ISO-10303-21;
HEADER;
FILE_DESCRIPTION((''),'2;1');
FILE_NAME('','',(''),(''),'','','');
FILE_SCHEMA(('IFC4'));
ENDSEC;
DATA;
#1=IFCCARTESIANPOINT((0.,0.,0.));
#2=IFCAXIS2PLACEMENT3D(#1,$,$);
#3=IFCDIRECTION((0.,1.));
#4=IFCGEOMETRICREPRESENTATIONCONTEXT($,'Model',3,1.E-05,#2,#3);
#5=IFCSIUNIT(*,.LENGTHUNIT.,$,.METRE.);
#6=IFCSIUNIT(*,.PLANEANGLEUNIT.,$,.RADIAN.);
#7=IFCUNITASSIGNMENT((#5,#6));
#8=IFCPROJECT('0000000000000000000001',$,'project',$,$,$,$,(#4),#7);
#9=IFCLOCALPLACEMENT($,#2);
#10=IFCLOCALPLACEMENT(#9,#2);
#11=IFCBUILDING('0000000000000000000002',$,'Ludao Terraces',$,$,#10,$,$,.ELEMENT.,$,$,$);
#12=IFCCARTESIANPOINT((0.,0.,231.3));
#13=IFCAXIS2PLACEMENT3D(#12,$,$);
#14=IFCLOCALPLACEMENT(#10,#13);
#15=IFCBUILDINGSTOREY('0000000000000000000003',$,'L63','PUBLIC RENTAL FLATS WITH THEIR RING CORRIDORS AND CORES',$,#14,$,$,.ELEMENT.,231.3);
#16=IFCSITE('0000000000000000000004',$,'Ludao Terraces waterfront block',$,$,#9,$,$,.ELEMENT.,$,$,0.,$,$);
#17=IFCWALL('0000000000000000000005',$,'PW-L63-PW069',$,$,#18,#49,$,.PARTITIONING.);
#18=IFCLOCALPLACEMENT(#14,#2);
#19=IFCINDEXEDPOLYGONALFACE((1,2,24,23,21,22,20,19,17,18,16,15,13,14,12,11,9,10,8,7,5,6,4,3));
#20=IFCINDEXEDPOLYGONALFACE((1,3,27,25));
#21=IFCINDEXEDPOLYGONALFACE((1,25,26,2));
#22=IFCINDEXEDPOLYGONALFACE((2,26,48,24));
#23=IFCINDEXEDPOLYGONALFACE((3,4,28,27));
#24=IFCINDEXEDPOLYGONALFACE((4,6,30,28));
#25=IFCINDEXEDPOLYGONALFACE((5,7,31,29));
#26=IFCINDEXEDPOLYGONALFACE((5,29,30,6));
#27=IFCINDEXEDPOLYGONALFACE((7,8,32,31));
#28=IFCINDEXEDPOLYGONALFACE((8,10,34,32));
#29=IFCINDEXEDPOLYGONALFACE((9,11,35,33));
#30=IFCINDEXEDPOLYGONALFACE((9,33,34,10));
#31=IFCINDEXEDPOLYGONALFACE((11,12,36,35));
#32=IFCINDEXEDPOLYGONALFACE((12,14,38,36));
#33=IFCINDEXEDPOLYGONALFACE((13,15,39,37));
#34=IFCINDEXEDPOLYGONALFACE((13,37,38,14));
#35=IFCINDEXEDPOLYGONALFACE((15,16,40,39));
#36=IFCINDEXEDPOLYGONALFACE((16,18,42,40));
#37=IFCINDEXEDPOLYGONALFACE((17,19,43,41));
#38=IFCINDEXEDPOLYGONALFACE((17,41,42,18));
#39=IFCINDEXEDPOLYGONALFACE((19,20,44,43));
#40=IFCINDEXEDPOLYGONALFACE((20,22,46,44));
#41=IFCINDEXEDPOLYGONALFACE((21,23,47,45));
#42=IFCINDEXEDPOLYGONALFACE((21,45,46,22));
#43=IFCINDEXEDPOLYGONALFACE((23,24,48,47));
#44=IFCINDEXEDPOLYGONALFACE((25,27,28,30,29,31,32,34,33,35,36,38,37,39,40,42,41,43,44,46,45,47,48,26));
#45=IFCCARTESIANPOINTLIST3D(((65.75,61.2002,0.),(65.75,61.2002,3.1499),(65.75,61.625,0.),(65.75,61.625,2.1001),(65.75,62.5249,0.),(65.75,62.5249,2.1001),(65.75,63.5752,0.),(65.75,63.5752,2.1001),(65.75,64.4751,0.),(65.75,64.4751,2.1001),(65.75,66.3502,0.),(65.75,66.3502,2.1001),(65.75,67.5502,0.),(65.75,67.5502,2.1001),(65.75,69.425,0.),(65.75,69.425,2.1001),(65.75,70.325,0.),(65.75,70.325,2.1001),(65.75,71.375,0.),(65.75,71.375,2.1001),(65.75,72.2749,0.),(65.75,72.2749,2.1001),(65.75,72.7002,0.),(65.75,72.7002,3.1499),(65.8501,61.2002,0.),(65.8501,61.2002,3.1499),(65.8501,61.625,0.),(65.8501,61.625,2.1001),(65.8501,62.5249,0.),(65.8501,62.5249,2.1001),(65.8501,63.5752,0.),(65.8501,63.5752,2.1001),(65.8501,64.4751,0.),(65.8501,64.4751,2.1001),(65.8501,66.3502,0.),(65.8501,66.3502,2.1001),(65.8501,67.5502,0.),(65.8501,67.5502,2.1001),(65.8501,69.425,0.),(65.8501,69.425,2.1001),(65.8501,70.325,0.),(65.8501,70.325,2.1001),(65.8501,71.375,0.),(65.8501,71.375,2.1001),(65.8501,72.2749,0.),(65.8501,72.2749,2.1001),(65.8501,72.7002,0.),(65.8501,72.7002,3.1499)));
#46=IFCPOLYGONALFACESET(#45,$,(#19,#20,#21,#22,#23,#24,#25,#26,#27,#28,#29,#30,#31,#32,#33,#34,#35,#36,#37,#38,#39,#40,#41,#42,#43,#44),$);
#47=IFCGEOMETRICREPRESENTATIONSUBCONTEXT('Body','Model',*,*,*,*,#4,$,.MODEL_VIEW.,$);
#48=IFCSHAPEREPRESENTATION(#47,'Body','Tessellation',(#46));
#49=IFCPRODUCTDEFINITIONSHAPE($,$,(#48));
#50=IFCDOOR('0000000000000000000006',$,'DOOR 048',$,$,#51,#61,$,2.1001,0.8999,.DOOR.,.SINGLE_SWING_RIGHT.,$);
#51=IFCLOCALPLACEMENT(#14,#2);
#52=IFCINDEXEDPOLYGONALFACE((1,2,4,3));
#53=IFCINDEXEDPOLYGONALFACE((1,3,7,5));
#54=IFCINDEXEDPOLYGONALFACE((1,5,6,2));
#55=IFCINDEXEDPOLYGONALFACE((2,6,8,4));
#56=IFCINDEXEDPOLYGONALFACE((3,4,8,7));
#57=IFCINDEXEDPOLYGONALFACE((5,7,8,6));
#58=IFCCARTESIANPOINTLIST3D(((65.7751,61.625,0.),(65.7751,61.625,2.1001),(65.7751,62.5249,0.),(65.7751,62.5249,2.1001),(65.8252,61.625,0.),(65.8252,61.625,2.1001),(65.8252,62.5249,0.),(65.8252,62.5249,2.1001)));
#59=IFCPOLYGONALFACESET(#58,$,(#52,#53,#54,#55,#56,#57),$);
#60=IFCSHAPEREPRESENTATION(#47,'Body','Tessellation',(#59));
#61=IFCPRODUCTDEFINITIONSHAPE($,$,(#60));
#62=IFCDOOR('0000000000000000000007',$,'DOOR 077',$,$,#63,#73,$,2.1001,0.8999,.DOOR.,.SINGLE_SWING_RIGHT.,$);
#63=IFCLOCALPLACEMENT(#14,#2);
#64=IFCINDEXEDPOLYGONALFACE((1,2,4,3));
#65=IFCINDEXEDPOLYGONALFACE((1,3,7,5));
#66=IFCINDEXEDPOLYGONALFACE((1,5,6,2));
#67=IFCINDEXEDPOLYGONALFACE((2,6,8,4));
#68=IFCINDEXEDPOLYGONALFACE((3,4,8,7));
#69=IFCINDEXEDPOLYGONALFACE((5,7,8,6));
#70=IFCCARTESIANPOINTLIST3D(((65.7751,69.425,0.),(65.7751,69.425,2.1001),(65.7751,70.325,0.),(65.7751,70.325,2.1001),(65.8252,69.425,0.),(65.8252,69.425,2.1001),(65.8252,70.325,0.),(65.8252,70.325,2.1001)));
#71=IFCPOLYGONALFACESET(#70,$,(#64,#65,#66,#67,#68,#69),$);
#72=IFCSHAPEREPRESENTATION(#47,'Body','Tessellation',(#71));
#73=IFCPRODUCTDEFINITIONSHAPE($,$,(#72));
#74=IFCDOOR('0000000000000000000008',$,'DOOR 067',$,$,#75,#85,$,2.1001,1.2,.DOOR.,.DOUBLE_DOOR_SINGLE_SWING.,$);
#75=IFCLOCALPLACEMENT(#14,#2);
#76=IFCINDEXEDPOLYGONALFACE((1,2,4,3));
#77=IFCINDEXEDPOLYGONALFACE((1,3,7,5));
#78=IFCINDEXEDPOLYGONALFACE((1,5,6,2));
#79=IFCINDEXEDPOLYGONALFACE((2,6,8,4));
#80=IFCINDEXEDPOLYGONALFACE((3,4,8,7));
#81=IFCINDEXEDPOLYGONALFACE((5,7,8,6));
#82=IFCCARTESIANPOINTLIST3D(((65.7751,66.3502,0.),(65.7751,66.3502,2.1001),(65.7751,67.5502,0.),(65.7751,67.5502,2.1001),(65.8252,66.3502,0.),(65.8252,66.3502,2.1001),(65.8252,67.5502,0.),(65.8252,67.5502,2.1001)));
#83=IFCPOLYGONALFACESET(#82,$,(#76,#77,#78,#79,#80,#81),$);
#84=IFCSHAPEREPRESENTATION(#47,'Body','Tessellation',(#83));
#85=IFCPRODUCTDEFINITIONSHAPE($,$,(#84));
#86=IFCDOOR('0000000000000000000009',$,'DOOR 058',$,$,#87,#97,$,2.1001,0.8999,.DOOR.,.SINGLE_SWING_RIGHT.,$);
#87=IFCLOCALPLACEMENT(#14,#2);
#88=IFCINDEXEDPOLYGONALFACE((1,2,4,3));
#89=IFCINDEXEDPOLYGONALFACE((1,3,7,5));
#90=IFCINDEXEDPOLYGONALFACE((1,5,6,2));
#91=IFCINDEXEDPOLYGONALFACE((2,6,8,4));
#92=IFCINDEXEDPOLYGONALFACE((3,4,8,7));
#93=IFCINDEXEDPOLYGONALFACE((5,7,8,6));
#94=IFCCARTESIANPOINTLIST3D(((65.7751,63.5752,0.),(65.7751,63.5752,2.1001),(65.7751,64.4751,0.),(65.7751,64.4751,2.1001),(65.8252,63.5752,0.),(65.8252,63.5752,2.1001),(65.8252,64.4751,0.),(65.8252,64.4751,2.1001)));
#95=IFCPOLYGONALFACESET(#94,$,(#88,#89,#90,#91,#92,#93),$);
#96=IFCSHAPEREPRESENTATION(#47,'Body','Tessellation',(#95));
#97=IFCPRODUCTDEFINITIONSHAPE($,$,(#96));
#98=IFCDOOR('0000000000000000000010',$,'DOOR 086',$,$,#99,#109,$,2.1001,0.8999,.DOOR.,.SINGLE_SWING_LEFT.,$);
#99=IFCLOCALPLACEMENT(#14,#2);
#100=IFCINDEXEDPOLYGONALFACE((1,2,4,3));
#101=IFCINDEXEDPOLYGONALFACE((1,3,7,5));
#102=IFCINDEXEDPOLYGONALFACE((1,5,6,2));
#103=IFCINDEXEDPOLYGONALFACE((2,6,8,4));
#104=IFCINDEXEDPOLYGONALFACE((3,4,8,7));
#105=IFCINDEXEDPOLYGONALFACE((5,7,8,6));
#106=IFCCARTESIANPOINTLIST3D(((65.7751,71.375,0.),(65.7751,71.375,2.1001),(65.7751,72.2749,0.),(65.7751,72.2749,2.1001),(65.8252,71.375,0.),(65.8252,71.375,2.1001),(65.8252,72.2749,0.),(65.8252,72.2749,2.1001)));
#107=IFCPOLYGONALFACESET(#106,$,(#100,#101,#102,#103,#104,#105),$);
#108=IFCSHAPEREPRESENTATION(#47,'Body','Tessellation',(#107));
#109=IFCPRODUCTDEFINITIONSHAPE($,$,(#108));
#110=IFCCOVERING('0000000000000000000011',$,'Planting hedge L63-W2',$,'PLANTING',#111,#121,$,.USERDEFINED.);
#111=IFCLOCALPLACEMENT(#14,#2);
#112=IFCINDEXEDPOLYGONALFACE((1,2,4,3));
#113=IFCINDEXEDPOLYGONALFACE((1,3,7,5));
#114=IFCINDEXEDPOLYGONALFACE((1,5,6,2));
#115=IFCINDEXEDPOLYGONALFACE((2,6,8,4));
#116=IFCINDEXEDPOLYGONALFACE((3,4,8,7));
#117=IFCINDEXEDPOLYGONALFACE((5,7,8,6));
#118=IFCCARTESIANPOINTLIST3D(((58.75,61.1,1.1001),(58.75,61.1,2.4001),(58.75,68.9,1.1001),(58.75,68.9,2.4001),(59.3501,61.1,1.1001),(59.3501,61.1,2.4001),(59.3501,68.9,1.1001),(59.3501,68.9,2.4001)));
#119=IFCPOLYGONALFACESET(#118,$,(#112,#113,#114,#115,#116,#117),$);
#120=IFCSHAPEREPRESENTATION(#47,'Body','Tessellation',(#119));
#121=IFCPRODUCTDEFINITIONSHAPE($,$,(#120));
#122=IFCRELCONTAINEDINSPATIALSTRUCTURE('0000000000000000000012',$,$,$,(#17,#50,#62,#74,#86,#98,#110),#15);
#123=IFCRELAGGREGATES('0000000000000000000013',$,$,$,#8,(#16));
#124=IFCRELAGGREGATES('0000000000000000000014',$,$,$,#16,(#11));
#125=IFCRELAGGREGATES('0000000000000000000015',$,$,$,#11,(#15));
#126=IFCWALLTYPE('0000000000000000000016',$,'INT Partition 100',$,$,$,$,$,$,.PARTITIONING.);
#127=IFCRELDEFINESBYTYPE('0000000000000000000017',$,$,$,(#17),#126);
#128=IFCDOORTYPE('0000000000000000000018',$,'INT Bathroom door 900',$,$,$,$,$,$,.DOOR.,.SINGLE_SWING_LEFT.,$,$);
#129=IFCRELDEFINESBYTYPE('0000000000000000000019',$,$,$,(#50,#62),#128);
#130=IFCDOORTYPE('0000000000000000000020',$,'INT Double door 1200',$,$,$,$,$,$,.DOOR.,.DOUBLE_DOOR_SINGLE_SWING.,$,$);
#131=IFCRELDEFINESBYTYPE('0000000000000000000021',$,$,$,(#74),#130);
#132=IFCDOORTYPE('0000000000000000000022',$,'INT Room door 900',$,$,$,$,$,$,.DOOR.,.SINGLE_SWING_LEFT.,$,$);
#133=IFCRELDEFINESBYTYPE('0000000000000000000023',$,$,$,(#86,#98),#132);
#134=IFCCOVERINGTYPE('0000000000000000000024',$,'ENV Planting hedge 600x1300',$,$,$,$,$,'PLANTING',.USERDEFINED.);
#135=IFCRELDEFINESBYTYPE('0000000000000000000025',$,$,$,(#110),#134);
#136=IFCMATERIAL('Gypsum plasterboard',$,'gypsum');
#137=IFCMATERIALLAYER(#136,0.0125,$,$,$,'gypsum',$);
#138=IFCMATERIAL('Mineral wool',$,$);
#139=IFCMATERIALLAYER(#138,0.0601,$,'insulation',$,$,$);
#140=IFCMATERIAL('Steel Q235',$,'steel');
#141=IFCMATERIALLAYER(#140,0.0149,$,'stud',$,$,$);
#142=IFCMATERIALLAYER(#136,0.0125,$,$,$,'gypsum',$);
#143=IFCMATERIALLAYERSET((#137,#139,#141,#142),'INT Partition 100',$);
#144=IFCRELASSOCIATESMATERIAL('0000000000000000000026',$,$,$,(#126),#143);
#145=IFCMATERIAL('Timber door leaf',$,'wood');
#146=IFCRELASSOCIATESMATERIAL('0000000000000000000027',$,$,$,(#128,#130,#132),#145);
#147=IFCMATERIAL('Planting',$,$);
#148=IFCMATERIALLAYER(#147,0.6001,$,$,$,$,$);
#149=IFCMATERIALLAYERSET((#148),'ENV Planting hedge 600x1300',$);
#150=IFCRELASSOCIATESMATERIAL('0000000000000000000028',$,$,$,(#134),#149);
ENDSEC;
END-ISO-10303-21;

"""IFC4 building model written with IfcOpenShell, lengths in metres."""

from ifc_helpers import new_model, si_unit, direction, frame, frame_2d, origin, origin_2d, place, context, subcontext, project, spatial, rectangle, extrude, material, layer, layer_set, type_object, element, fill, save


model = new_model("IFC4")

# Units and contexts
model_context = context("Model", 3, precision=1e-05, world=origin(), true_north=direction((0.0, 1.0)))
body_context = subcontext(model_context, "Body", "Model", "MODEL_VIEW")
ifc_project = project(units=[si_unit("LENGTHUNIT", "METRE"), si_unit("PLANEANGLEUNIT", "RADIAN")], contexts=[model_context])

# Site, building, storey
site_placement = place(None, origin())
site = spatial("IfcSite", under=ifc_project, at=site_placement, Name="Ludao Terraces waterfront block", CompositionType="ELEMENT", RefElevation=0.0)
building_placement = place(site_placement, origin())
building = spatial("IfcBuilding", under=site, at=building_placement, Name="Ludao Terraces", CompositionType="ELEMENT")
storey_placement = place(building_placement, frame((0.0, 0.0, 231.3)))
storey = spatial("IfcBuildingStorey", under=building, at=storey_placement, Name="L63", Description="PUBLIC RENTAL FLATS WITH THEIR RING CORRIDORS AND CORES", CompositionType="ELEMENT", Elevation=231.3)

# Shared definitions
ifc_material_1 = material(Name="Mineral wool")

# Shared definitions
ifc_material_2 = material(Name="Gypsum plasterboard", Category="gypsum")
ifc_layer_1 = layer(ifc_material_2, 0.0125, Category="gypsum")
ifc_layer_2 = layer(ifc_material_1, 0.0601, Name="insulation")
ifc_material_3 = material(Name="Steel Q235", Category="steel")
ifc_layer_3 = layer(ifc_material_3, 0.0149, Name="stud")
ifc_layer_4 = layer(ifc_material_2, 0.0125, Category="gypsum")
ifc_layer_set_1 = layer_set([ifc_layer_1, ifc_layer_2, ifc_layer_3, ifc_layer_4], Name="INT Partition 100")
wall_type_1 = type_object("IfcWallType", Name="INT Partition 100", PredefinedType="PARTITIONING", material=ifc_layer_set_1)

# Wall, openings, doors
wall_1_placement = place(storey_placement, frame((65.8, 61.2002, 0.0), z_axis=(0.0, 0.0, 1.0), x_axis=(0.0, 1.0, 0.0)))
wall_1 = element("IfcWall", 1, at=wall_1_placement, inside=storey, type_object=wall_type_1, Name="PW-L63-PW069", PredefinedType="PARTITIONING", context=body_context, shape_type="SweptSolid", body=[
    extrude(rectangle(XDim=11.5, YDim=0.1001, at=frame_2d((5.75, 0.0))), origin(), (0.0, 0.0, 1.0), 3.1499),
])
opening_1_placement = place(wall_1_placement, frame((0.4248, 0.0, 0.0)))
opening_1 = element("IfcOpeningElement", 2, at=opening_1_placement, cuts=wall_1, PredefinedType="OPENING", context=body_context, shape_type="SweptSolid", body=[
    extrude(rectangle(XDim=0.8999, YDim=2.1001, at=frame_2d((0.45, 1.05))), frame((0.0, 0.0601, 0.0), z_axis=(0.0, -1.0, 0.0), x_axis=(1.0, 0.0, 0.0)), (0.0, 0.0, 1.0), 0.1201),
])
opening_2_placement = place(wall_1_placement, frame((2.375, 0.0, 0.0)))
opening_2 = element("IfcOpeningElement", 3, at=opening_2_placement, cuts=wall_1, PredefinedType="OPENING", context=body_context, shape_type="SweptSolid", body=[
    extrude(rectangle(XDim=0.8999, YDim=2.1001, at=frame_2d((0.45, 1.05))), frame((0.0, 0.0601, 0.0), z_axis=(0.0, -1.0, 0.0), x_axis=(1.0, 0.0, 0.0)), (0.0, 0.0, 1.0), 0.1201),
])
opening_3_placement = place(wall_1_placement, frame((5.1499, 0.0, 0.0)))
opening_3 = element("IfcOpeningElement", 4, at=opening_3_placement, cuts=wall_1, PredefinedType="OPENING", context=body_context, shape_type="SweptSolid", body=[
    extrude(rectangle(XDim=1.2, YDim=2.1001, at=frame_2d((0.6001, 1.05))), frame((0.0, 0.0601, 0.0), z_axis=(0.0, -1.0, 0.0), x_axis=(1.0, 0.0, 0.0)), (0.0, 0.0, 1.0), 0.1201),
])
opening_4_placement = place(wall_1_placement, frame((8.2249, 0.0, 0.0)))
opening_4 = element("IfcOpeningElement", 5, at=opening_4_placement, cuts=wall_1, PredefinedType="OPENING", context=body_context, shape_type="SweptSolid", body=[
    extrude(rectangle(XDim=0.8999, YDim=2.1001, at=frame_2d((0.45, 1.05))), frame((0.0, 0.0601, 0.0), z_axis=(0.0, -1.0, 0.0), x_axis=(1.0, 0.0, 0.0)), (0.0, 0.0, 1.0), 0.1201),
])
opening_5_placement = place(wall_1_placement, frame((10.1748, 0.0, 0.0)))
opening_5 = element("IfcOpeningElement", 6, at=opening_5_placement, cuts=wall_1, PredefinedType="OPENING", context=body_context, shape_type="SweptSolid", body=[
    extrude(rectangle(XDim=0.8999, YDim=2.1001, at=frame_2d((0.45, 1.05))), frame((0.0, 0.0601, 0.0), z_axis=(0.0, -1.0, 0.0), x_axis=(1.0, 0.0, 0.0)), (0.0, 0.0, 1.0), 0.1201),
])
ifc_material_4 = material(Name="Timber door leaf", Category="wood")
door_type_1 = type_object("IfcDoorType", Name="INT Bathroom door 900", OperationType="SINGLE_SWING_LEFT", PredefinedType="DOOR", material=ifc_material_4)
door_1_placement = place(opening_1_placement, origin())
door_1 = element("IfcDoor", 7, at=door_1_placement, inside=storey, type_object=door_type_1, Name="DOOR 048", OperationType="SINGLE_SWING_RIGHT", OverallHeight=2.1001, OverallWidth=0.8999, PredefinedType="DOOR", context=body_context, shape_type="SweptSolid", body=[
    extrude(rectangle(XDim=0.8999, YDim=2.1001, at=frame_2d((0.45, 1.05))), frame((0.0, 0.0249, 0.0), z_axis=(0.0, -1.0, 0.0), x_axis=(1.0, 0.0, 0.0)), (0.0, 0.0, 1.0), 0.05),
])
fill(opening_1, door_1)
door_2_placement = place(opening_4_placement, origin())
door_2 = element("IfcDoor", 8, at=door_2_placement, inside=storey, type_object=door_type_1, Name="DOOR 077", OperationType="SINGLE_SWING_RIGHT", OverallHeight=2.1001, OverallWidth=0.8999, PredefinedType="DOOR", context=body_context, shape_type="SweptSolid", body=[
    extrude(rectangle(XDim=0.8999, YDim=2.1001, at=frame_2d((0.45, 1.05))), frame((0.0, 0.0249, 0.0), z_axis=(0.0, -1.0, 0.0), x_axis=(1.0, 0.0, 0.0)), (0.0, 0.0, 1.0), 0.05),
])
fill(opening_4, door_2)
door_type_2 = type_object("IfcDoorType", Name="INT Double door 1200", OperationType="DOUBLE_DOOR_SINGLE_SWING", PredefinedType="DOOR", material=ifc_material_4)
door_3_placement = place(opening_3_placement, origin())
door_3 = element("IfcDoor", 9, at=door_3_placement, inside=storey, type_object=door_type_2, Name="DOOR 067", OperationType="DOUBLE_DOOR_SINGLE_SWING", OverallHeight=2.1001, OverallWidth=1.2, PredefinedType="DOOR", context=body_context, shape_type="SweptSolid", body=[
    extrude(rectangle(XDim=1.2, YDim=2.1001, at=frame_2d((0.6001, 1.05))), frame((0.0, 0.0249, 0.0), z_axis=(0.0, -1.0, 0.0), x_axis=(1.0, 0.0, 0.0)), (0.0, 0.0, 1.0), 0.05),
])
fill(opening_3, door_3)
door_type_3 = type_object("IfcDoorType", Name="INT Room door 900", OperationType="SINGLE_SWING_LEFT", PredefinedType="DOOR", material=ifc_material_4)
door_4_placement = place(opening_2_placement, origin())
door_4 = element("IfcDoor", 10, at=door_4_placement, inside=storey, type_object=door_type_3, Name="DOOR 058", OperationType="SINGLE_SWING_RIGHT", OverallHeight=2.1001, OverallWidth=0.8999, PredefinedType="DOOR", context=body_context, shape_type="SweptSolid", body=[
    extrude(rectangle(XDim=0.8999, YDim=2.1001, at=frame_2d((0.45, 1.05))), frame((0.0, 0.0249, 0.0), z_axis=(0.0, -1.0, 0.0), x_axis=(1.0, 0.0, 0.0)), (0.0, 0.0, 1.0), 0.05),
])
fill(opening_2, door_4)
door_5_placement = place(opening_5_placement, origin())
door_5 = element("IfcDoor", 11, at=door_5_placement, inside=storey, type_object=door_type_3, Name="DOOR 086", OperationType="SINGLE_SWING_LEFT", OverallHeight=2.1001, OverallWidth=0.8999, PredefinedType="DOOR", context=body_context, shape_type="SweptSolid", body=[
    extrude(rectangle(XDim=0.8999, YDim=2.1001, at=frame_2d((0.45, 1.05))), frame((0.0, 0.0249, 0.0), z_axis=(0.0, -1.0, 0.0), x_axis=(1.0, 0.0, 0.0)), (0.0, 0.0, 1.0), 0.05),
])
fill(opening_5, door_5)

# Covering
ifc_material_5 = material(Name="Planting")
ifc_layer_5 = layer(ifc_material_5, 0.6001)
ifc_layer_set_2 = layer_set([ifc_layer_5], Name="ENV Planting hedge 600x1300")
covering_type = type_object("IfcCoveringType", Name="ENV Planting hedge 600x1300", ElementType="PLANTING", PredefinedType="USERDEFINED", material=ifc_layer_set_2)
covering_placement = place(storey_placement, frame((59.05, 65.0, 1.1001), z_axis=(0.0, 0.0, 1.0), x_axis=(1.0, 0.0, 0.0)))
element("IfcCovering", 12, at=covering_placement, inside=storey, type_object=covering_type, Name="Planting hedge L63-W2", ObjectType="PLANTING", PredefinedType="USERDEFINED", context=body_context, shape_type="SweptSolid", body=[
    extrude(rectangle(XDim=0.6001, YDim=7.8, at=origin_2d()), origin(), (0.0, 0.0, 1.0), 1.3),
])

save(model, "model.ifc")
